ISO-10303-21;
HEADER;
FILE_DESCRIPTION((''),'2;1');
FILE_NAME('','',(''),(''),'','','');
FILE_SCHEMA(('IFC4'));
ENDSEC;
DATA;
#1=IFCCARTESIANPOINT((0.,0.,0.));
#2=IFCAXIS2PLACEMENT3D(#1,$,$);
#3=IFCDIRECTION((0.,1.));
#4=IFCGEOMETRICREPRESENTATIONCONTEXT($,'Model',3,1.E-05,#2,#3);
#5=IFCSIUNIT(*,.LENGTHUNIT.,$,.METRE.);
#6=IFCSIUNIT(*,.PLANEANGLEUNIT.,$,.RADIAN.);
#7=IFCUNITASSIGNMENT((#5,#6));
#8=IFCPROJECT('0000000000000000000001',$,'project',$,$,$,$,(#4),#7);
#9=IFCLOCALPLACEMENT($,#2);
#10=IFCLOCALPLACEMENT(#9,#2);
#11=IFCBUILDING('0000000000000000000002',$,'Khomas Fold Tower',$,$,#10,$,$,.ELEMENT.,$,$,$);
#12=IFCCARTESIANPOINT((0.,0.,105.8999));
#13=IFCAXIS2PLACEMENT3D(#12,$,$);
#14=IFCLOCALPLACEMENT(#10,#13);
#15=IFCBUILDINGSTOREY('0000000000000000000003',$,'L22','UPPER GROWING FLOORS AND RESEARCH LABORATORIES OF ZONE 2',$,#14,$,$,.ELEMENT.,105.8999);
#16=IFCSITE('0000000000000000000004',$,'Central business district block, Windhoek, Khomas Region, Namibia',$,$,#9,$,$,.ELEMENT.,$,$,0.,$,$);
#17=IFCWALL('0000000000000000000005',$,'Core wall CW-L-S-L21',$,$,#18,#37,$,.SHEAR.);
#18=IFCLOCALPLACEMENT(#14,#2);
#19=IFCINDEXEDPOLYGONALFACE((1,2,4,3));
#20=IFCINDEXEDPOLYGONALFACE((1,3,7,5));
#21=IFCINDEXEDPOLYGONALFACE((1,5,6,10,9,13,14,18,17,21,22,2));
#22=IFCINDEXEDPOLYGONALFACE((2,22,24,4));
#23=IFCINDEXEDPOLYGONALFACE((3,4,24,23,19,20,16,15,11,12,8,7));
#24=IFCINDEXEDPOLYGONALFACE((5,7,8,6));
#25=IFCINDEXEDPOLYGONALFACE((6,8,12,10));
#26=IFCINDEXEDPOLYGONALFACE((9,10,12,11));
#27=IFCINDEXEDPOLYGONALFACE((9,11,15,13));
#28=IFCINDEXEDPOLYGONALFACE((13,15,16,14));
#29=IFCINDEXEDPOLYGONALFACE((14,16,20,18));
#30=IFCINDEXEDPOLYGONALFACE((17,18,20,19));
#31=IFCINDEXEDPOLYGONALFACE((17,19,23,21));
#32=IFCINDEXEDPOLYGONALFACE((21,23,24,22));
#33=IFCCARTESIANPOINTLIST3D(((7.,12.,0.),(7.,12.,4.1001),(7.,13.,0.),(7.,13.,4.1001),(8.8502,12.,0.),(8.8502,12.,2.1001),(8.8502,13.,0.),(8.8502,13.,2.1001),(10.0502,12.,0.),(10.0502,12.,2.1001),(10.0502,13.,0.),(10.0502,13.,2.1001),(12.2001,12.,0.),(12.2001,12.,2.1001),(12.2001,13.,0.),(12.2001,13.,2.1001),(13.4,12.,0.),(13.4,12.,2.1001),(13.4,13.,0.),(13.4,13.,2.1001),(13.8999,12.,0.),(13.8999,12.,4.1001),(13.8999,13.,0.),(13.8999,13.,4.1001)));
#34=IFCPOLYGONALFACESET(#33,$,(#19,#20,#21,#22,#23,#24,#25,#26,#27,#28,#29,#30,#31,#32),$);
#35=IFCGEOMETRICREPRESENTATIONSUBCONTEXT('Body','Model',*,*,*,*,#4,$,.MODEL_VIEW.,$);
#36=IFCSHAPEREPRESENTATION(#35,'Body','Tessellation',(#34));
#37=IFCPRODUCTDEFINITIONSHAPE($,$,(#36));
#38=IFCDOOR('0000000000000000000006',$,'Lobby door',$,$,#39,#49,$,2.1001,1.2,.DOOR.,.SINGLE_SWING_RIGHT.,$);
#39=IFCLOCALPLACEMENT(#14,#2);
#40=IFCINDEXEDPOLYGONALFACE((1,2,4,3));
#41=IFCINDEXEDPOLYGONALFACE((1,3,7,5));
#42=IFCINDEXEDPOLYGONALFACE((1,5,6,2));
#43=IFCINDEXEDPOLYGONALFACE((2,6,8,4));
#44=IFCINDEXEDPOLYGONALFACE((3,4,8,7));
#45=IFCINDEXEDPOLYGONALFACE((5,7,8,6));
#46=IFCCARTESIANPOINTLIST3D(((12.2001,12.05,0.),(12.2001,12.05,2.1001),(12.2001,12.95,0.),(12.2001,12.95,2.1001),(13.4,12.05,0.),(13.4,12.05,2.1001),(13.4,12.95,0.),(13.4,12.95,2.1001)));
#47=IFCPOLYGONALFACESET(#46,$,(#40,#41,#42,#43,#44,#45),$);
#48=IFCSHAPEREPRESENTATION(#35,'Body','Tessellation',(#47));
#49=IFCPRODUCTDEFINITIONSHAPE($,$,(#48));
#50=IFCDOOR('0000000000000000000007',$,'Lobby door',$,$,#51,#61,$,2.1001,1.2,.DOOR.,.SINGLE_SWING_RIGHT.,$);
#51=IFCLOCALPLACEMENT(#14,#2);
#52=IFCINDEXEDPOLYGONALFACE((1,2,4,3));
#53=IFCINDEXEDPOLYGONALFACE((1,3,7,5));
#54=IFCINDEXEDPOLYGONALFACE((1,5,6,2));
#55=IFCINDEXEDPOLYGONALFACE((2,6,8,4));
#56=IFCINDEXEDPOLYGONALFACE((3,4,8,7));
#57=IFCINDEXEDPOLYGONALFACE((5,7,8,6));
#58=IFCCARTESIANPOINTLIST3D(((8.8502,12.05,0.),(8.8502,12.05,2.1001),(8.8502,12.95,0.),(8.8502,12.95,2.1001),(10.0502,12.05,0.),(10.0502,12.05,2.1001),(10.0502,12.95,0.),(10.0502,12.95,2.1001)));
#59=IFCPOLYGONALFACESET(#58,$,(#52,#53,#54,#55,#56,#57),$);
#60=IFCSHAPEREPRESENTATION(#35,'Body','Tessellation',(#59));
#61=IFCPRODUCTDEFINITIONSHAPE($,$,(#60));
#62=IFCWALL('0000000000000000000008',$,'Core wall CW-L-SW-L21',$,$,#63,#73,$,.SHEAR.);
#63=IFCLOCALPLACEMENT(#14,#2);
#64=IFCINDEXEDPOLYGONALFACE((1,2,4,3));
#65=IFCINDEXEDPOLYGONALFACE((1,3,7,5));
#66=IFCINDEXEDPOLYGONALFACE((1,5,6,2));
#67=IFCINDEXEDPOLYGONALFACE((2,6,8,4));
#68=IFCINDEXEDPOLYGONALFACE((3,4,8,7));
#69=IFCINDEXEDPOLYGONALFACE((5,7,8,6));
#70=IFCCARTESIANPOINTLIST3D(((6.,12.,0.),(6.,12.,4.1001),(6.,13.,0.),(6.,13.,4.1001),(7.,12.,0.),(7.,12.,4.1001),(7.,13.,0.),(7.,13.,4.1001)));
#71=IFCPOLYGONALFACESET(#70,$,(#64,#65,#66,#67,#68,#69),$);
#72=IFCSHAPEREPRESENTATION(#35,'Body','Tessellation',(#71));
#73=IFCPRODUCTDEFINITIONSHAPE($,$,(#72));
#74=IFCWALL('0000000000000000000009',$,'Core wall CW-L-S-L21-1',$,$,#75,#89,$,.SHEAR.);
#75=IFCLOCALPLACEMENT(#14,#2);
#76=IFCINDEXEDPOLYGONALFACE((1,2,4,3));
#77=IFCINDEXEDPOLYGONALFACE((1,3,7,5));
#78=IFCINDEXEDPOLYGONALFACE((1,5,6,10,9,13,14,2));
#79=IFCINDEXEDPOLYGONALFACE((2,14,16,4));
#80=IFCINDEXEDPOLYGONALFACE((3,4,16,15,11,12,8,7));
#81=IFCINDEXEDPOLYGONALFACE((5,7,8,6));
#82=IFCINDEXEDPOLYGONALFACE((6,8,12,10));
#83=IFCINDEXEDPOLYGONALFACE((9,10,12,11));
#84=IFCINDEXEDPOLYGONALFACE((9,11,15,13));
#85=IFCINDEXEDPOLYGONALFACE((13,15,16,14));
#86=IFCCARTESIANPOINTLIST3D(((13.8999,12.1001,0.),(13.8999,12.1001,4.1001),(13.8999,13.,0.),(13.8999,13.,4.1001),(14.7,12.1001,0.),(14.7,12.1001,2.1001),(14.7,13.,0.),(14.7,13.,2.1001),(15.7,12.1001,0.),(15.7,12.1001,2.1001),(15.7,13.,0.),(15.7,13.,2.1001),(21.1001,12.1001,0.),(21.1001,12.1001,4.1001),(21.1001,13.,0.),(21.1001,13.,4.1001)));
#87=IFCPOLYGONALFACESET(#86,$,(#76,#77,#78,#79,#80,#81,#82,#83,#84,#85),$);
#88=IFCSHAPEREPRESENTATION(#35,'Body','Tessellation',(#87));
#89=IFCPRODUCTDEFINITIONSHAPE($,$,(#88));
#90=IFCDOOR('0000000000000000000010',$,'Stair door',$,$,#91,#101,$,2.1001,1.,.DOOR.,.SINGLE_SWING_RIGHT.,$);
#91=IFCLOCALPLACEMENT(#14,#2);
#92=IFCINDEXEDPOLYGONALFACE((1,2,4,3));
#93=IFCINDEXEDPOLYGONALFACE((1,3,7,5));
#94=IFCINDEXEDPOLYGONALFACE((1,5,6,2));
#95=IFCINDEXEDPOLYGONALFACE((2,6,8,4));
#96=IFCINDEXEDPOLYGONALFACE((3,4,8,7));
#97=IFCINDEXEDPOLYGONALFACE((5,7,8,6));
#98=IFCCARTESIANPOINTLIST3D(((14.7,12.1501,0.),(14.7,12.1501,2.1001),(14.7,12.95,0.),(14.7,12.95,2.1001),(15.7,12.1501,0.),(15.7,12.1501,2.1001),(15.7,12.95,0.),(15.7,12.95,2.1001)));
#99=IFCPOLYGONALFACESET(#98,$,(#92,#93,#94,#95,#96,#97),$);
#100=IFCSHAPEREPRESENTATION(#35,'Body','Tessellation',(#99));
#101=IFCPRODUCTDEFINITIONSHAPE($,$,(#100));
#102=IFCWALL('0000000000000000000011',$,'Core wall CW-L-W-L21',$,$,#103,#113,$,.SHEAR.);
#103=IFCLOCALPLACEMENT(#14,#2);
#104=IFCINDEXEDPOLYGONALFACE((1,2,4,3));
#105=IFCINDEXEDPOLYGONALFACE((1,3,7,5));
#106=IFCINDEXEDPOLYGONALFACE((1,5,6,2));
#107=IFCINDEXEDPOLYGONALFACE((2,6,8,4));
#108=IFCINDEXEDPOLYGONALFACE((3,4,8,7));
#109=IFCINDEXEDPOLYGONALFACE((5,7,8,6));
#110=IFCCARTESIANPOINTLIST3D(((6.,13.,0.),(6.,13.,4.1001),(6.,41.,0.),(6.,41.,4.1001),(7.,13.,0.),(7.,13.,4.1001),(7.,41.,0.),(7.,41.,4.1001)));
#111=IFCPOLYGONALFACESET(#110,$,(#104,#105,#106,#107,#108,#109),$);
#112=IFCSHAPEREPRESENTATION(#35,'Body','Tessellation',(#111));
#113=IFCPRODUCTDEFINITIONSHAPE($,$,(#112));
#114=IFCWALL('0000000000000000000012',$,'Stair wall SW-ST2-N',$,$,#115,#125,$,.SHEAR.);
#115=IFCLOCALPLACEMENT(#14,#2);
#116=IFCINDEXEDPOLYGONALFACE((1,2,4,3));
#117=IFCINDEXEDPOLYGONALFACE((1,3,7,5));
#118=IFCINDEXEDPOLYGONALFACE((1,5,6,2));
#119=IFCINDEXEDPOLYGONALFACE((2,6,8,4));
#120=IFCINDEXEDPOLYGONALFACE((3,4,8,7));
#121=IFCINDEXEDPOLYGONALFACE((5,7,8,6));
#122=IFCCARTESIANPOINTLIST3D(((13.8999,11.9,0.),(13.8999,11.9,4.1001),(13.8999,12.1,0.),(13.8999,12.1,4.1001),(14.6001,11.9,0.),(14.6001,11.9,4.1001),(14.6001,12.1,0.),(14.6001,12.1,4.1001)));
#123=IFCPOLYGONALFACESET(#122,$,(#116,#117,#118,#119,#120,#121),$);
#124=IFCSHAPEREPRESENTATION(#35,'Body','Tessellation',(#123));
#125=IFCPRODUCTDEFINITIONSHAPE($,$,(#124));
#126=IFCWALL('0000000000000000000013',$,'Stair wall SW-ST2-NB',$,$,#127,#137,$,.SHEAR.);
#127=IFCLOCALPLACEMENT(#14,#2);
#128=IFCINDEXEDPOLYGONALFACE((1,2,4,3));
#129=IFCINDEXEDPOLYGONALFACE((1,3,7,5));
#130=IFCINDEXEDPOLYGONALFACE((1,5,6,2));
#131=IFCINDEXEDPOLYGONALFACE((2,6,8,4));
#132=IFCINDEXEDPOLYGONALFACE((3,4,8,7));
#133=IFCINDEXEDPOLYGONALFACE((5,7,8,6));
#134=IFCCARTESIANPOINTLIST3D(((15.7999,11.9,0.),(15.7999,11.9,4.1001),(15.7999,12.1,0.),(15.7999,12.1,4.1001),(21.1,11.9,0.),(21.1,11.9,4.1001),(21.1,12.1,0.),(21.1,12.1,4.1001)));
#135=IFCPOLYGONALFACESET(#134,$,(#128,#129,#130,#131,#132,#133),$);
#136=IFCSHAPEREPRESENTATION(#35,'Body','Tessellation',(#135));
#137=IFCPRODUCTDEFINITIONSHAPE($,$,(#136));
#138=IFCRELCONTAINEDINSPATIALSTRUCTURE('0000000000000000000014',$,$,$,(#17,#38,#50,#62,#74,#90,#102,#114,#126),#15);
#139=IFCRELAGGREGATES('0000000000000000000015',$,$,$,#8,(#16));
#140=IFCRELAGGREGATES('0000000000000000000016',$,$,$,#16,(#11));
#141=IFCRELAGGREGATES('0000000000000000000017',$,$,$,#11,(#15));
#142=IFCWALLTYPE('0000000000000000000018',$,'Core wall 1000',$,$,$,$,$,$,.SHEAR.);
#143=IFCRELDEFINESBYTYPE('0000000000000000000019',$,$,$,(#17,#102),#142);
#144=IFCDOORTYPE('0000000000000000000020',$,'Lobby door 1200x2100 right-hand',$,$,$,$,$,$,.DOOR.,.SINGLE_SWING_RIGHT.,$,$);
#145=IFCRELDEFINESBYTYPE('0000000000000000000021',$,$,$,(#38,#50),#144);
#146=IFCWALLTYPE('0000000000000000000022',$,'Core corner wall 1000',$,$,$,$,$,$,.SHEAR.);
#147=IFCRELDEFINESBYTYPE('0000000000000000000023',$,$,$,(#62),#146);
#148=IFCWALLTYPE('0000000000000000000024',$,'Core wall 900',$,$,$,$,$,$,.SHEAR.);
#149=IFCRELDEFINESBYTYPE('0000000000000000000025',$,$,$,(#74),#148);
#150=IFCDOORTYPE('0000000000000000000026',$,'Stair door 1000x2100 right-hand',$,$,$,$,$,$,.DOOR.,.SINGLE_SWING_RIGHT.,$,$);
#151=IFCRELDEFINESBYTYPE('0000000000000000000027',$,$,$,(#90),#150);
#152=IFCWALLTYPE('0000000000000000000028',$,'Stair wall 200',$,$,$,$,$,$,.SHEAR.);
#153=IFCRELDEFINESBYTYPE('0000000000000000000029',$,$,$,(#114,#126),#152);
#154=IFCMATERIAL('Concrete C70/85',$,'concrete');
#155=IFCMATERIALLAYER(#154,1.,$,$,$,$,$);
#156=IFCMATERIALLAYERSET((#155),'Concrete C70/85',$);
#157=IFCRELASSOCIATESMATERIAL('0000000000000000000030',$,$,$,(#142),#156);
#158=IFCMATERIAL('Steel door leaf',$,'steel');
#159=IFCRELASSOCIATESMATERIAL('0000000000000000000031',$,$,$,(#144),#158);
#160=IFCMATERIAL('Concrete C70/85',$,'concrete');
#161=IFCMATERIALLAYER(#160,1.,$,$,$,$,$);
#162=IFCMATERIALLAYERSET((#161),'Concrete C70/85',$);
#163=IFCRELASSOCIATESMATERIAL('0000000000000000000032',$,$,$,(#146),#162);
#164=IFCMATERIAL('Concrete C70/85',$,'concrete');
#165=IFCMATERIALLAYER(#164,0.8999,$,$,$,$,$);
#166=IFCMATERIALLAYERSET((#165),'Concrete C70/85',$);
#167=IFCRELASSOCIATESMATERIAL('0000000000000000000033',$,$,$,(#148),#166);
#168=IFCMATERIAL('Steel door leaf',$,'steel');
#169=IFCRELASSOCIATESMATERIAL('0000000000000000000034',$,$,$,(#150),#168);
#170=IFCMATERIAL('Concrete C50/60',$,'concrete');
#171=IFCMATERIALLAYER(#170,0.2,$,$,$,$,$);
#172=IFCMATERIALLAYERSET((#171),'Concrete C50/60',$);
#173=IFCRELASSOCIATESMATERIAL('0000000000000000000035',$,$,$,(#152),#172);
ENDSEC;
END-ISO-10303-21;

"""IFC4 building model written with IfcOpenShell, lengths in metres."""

from ifc_helpers import new_model, si_unit, direction, frame, frame_2d, origin, place, context, subcontext, project, spatial, rectangle, extrude, source, transform, mapped, material, layer, layer_set, type_object, element, fill, save


model = new_model("IFC4")

# Units and contexts
model_context = context("Model", 3, precision=1e-05, world=origin(), true_north=direction((0.0, 1.0)))
body_context = subcontext(model_context, "Body", "Model", "MODEL_VIEW")
ifc_project = project(units=[si_unit("LENGTHUNIT", "METRE"), si_unit("PLANEANGLEUNIT", "RADIAN")], contexts=[model_context])

# Site, building, storey
site_placement = place(None, origin())
site = spatial("IfcSite", under=ifc_project, at=site_placement, Name="Central business district block, Windhoek, Khomas Region, Namibia", CompositionType="ELEMENT", RefElevation=0.0)
building_placement = place(site_placement, origin())
building = spatial("IfcBuilding", under=site, at=building_placement, Name="Khomas Fold Tower", CompositionType="ELEMENT")
storey_placement = place(building_placement, frame((0.0, 0.0, 105.8999)))
storey = spatial("IfcBuildingStorey", under=building, at=storey_placement, Name="L22", Description="UPPER GROWING FLOORS AND RESEARCH LABORATORIES OF ZONE 2", CompositionType="ELEMENT", Elevation=105.8999)

# Wall, openings, doors
ifc_material_1 = material(Name="Concrete C70/85", Category="concrete")
ifc_layer_1 = layer(ifc_material_1, 1.0)
ifc_layer_set_1 = layer_set([ifc_layer_1], Name="Concrete C70/85")
wall_type_1 = type_object("IfcWallType", Name="Core wall 1000", PredefinedType="SHEAR", material=ifc_layer_set_1)
shared_shape_1 = source(origin(), body_context, "Body", "SweptSolid", [
    extrude(rectangle(XDim=6.8999, YDim=1.0, at=frame_2d((3.45, 0.0))), origin(), (0.0, 0.0, 1.0), 4.1001),
])
wall_1_placement = place(storey_placement, frame((7.0, 12.5, 0.0), z_axis=(0.0, 0.0, 1.0), x_axis=(1.0, 0.0, 0.0)))
wall_1 = element("IfcWall", 1, at=wall_1_placement, inside=storey, type_object=wall_type_1, Name="Core wall CW-L-S-L21", PredefinedType="SHEAR", context=body_context, shape_type="MappedRepresentation", body=[
    mapped(shared_shape_1, transform((0.0, 0.0, 0.0))),
])
shared_shape_2 = source(origin(), body_context, "Body", "SweptSolid", [
    extrude(rectangle(XDim=1.2, YDim=2.1001, at=frame_2d((0.6001, 1.05))), frame((0.0, 0.51, 0.0), z_axis=(0.0, -1.0, 0.0), x_axis=(1.0, 0.0, 0.0)), (0.0, 0.0, 1.0), 1.02),
])
opening_1_placement = place(wall_1_placement, frame((5.2, 0.0, 0.0)))
opening_1 = element("IfcOpeningElement", 2, at=opening_1_placement, cuts=wall_1, PredefinedType="OPENING", context=body_context, shape_type="MappedRepresentation", body=[
    mapped(shared_shape_2, transform((0.0, 0.0, 0.0))),
])
opening_2_placement = place(wall_1_placement, frame((1.8501, 0.0, 0.0)))
opening_2 = element("IfcOpeningElement", 3, at=opening_2_placement, cuts=wall_1, PredefinedType="OPENING", context=body_context, shape_type="MappedRepresentation", body=[
    mapped(shared_shape_2, transform((0.0, 0.0, 0.0))),
])
ifc_material_2 = material(Name="Steel door leaf", Category="steel")
door_type_1 = type_object("IfcDoorType", Name="Lobby door 1200x2100 right-hand", OperationType="SINGLE_SWING_RIGHT", PredefinedType="DOOR", material=ifc_material_2)
shared_shape_3 = source(origin(), body_context, "Body", "SweptSolid", [
    extrude(rectangle(XDim=1.2, YDim=2.1001, at=frame_2d((0.6001, 1.05))), frame((0.0, 0.45, 0.0), z_axis=(0.0, -1.0, 0.0), x_axis=(1.0, 0.0, 0.0)), (0.0, 0.0, 1.0), 0.8999),
])
door_1_placement = place(opening_1_placement, origin())
door_1 = element("IfcDoor", 4, at=door_1_placement, inside=storey, type_object=door_type_1, Name="Lobby door", OperationType="SINGLE_SWING_RIGHT", OverallHeight=2.1001, OverallWidth=1.2, PredefinedType="DOOR", context=body_context, shape_type="MappedRepresentation", body=[
    mapped(shared_shape_3, transform((0.0, 0.0, 0.0))),
])
fill(opening_1, door_1)
door_2_placement = place(opening_2_placement, origin())
door_2 = element("IfcDoor", 5, at=door_2_placement, inside=storey, type_object=door_type_1, Name="Lobby door", OperationType="SINGLE_SWING_RIGHT", OverallHeight=2.1001, OverallWidth=1.2, PredefinedType="DOOR", context=body_context, shape_type="MappedRepresentation", body=[
    mapped(shared_shape_3, transform((0.0, 0.0, 0.0))),
])
fill(opening_2, door_2)

# Wall
ifc_material_3 = material(Name="Concrete C70/85", Category="concrete")
ifc_layer_2 = layer(ifc_material_3, 1.0)
ifc_layer_set_2 = layer_set([ifc_layer_2], Name="Concrete C70/85")
wall_type_2 = type_object("IfcWallType", Name="Core corner wall 1000", PredefinedType="SHEAR", material=ifc_layer_set_2)
shared_shape_4 = source(origin(), body_context, "Body", "SweptSolid", [
    extrude(rectangle(XDim=1.0, YDim=1.0, at=frame_2d((0.5, 0.0))), origin(), (0.0, 0.0, 1.0), 4.1001),
])
wall_2_placement = place(storey_placement, frame((6.0, 12.5, 0.0), z_axis=(0.0, 0.0, 1.0), x_axis=(1.0, 0.0, 0.0)))
element("IfcWall", 6, at=wall_2_placement, inside=storey, type_object=wall_type_2, Name="Core wall CW-L-SW-L21", PredefinedType="SHEAR", context=body_context, shape_type="MappedRepresentation", body=[
    mapped(shared_shape_4, transform((0.0, 0.0, 0.0))),
])

# Wall, opening, door
ifc_material_4 = material(Name="Concrete C70/85", Category="concrete")
ifc_layer_3 = layer(ifc_material_4, 0.8999)
ifc_layer_set_3 = layer_set([ifc_layer_3], Name="Concrete C70/85")
wall_type_3 = type_object("IfcWallType", Name="Core wall 900", PredefinedType="SHEAR", material=ifc_layer_set_3)
shared_shape_5 = source(origin(), body_context, "Body", "SweptSolid", [
    extrude(rectangle(XDim=7.2002, YDim=0.8999, at=frame_2d((3.6001, 0.0))), origin(), (0.0, 0.0, 1.0), 4.1001),
])
wall_3_placement = place(storey_placement, frame((13.8999, 12.55, 0.0), z_axis=(0.0, 0.0, 1.0), x_axis=(1.0, 0.0, 0.0)))
wall_3 = element("IfcWall", 7, at=wall_3_placement, inside=storey, type_object=wall_type_3, Name="Core wall CW-L-S-L21-1", PredefinedType="SHEAR", context=body_context, shape_type="MappedRepresentation", body=[
    mapped(shared_shape_5, transform((0.0, 0.0, 0.0))),
])
shared_shape_6 = source(origin(), body_context, "Body", "SweptSolid", [
    extrude(rectangle(XDim=1.0, YDim=2.1001, at=frame_2d((0.5, 1.05))), frame((0.0, 0.46, 0.0), z_axis=(0.0, -1.0, 0.0), x_axis=(1.0, 0.0, 0.0)), (0.0, 0.0, 1.0), 0.9199),
])
opening_3_placement = place(wall_3_placement, frame((0.8, 0.0, 0.0)))
opening_3 = element("IfcOpeningElement", 8, at=opening_3_placement, cuts=wall_3, PredefinedType="OPENING", context=body_context, shape_type="MappedRepresentation", body=[
    mapped(shared_shape_6, transform((0.0, 0.0, 0.0))),
])
ifc_material_5 = material(Name="Steel door leaf", Category="steel")
door_type_2 = type_object("IfcDoorType", Name="Stair door 1000x2100 right-hand", OperationType="SINGLE_SWING_RIGHT", PredefinedType="DOOR", material=ifc_material_5)
shared_shape_7 = source(origin(), body_context, "Body", "SweptSolid", [
    extrude(rectangle(XDim=1.0, YDim=2.1001, at=frame_2d((0.5, 1.05))), frame((0.0, 0.3999, 0.0), z_axis=(0.0, -1.0, 0.0), x_axis=(1.0, 0.0, 0.0)), (0.0, 0.0, 1.0), 0.7998),
])
door_3_placement = place(opening_3_placement, origin())
door_3 = element("IfcDoor", 9, at=door_3_placement, inside=storey, type_object=door_type_2, Name="Stair door", OperationType="SINGLE_SWING_RIGHT", OverallHeight=2.1001, OverallWidth=1.0, PredefinedType="DOOR", context=body_context, shape_type="MappedRepresentation", body=[
    mapped(shared_shape_7, transform((0.0, 0.0, 0.0))),
])
fill(opening_3, door_3)

# Walls
shared_shape_8 = source(origin(), body_context, "Body", "SweptSolid", [
    extrude(rectangle(XDim=28.0, YDim=1.0, at=frame_2d((14.0, 0.0))), origin(), (0.0, 0.0, 1.0), 4.1001),
])
wall_4_placement = place(storey_placement, frame((6.5, 13.0, 0.0), z_axis=(0.0, 0.0, 1.0), x_axis=(0.0, 1.0, 0.0)))
element("IfcWall", 10, at=wall_4_placement, inside=storey, type_object=wall_type_1, Name="Core wall CW-L-W-L21", PredefinedType="SHEAR", context=body_context, shape_type="MappedRepresentation", body=[
    mapped(shared_shape_8, transform((0.0, 0.0, 0.0))),
])
ifc_material_6 = material(Name="Concrete C50/60", Category="concrete")
ifc_layer_4 = layer(ifc_material_6, 0.2)
ifc_layer_set_4 = layer_set([ifc_layer_4], Name="Concrete C50/60")
wall_type_4 = type_object("IfcWallType", Name="Stair wall 200", PredefinedType="SHEAR", material=ifc_layer_set_4)
shared_shape_9 = source(origin(), body_context, "Body", "SweptSolid", [
    extrude(rectangle(XDim=0.7002, YDim=0.2, at=frame_2d((0.3501, 0.0))), origin(), (0.0, 0.0, 1.0), 4.1001),
])
wall_5_placement = place(storey_placement, frame((13.8999, 12.0, 0.0), z_axis=(0.0, 0.0, 1.0), x_axis=(1.0, 0.0, 0.0)))
element("IfcWall", 11, at=wall_5_placement, inside=storey, type_object=wall_type_4, Name="Stair wall SW-ST2-N", PredefinedType="SHEAR", context=body_context, shape_type="MappedRepresentation", body=[
    mapped(shared_shape_9, transform((0.0, 0.0, 0.0))),
])
shared_shape_10 = source(origin(), body_context, "Body", "SweptSolid", [
    extrude(rectangle(XDim=5.3, YDim=0.2, at=frame_2d((2.6499, 0.0))), origin(), (0.0, 0.0, 1.0), 4.1001),
])
wall_6_placement = place(storey_placement, frame((15.8, 12.0, 0.0), z_axis=(0.0, 0.0, 1.0), x_axis=(1.0, 0.0, 0.0)))
element("IfcWall", 12, at=wall_6_placement, inside=storey, type_object=wall_type_4, Name="Stair wall SW-ST2-NB", PredefinedType="SHEAR", context=body_context, shape_type="MappedRepresentation", body=[
    mapped(shared_shape_10, transform((0.0, 0.0, 0.0))),
])

save(model, "model.ifc")
